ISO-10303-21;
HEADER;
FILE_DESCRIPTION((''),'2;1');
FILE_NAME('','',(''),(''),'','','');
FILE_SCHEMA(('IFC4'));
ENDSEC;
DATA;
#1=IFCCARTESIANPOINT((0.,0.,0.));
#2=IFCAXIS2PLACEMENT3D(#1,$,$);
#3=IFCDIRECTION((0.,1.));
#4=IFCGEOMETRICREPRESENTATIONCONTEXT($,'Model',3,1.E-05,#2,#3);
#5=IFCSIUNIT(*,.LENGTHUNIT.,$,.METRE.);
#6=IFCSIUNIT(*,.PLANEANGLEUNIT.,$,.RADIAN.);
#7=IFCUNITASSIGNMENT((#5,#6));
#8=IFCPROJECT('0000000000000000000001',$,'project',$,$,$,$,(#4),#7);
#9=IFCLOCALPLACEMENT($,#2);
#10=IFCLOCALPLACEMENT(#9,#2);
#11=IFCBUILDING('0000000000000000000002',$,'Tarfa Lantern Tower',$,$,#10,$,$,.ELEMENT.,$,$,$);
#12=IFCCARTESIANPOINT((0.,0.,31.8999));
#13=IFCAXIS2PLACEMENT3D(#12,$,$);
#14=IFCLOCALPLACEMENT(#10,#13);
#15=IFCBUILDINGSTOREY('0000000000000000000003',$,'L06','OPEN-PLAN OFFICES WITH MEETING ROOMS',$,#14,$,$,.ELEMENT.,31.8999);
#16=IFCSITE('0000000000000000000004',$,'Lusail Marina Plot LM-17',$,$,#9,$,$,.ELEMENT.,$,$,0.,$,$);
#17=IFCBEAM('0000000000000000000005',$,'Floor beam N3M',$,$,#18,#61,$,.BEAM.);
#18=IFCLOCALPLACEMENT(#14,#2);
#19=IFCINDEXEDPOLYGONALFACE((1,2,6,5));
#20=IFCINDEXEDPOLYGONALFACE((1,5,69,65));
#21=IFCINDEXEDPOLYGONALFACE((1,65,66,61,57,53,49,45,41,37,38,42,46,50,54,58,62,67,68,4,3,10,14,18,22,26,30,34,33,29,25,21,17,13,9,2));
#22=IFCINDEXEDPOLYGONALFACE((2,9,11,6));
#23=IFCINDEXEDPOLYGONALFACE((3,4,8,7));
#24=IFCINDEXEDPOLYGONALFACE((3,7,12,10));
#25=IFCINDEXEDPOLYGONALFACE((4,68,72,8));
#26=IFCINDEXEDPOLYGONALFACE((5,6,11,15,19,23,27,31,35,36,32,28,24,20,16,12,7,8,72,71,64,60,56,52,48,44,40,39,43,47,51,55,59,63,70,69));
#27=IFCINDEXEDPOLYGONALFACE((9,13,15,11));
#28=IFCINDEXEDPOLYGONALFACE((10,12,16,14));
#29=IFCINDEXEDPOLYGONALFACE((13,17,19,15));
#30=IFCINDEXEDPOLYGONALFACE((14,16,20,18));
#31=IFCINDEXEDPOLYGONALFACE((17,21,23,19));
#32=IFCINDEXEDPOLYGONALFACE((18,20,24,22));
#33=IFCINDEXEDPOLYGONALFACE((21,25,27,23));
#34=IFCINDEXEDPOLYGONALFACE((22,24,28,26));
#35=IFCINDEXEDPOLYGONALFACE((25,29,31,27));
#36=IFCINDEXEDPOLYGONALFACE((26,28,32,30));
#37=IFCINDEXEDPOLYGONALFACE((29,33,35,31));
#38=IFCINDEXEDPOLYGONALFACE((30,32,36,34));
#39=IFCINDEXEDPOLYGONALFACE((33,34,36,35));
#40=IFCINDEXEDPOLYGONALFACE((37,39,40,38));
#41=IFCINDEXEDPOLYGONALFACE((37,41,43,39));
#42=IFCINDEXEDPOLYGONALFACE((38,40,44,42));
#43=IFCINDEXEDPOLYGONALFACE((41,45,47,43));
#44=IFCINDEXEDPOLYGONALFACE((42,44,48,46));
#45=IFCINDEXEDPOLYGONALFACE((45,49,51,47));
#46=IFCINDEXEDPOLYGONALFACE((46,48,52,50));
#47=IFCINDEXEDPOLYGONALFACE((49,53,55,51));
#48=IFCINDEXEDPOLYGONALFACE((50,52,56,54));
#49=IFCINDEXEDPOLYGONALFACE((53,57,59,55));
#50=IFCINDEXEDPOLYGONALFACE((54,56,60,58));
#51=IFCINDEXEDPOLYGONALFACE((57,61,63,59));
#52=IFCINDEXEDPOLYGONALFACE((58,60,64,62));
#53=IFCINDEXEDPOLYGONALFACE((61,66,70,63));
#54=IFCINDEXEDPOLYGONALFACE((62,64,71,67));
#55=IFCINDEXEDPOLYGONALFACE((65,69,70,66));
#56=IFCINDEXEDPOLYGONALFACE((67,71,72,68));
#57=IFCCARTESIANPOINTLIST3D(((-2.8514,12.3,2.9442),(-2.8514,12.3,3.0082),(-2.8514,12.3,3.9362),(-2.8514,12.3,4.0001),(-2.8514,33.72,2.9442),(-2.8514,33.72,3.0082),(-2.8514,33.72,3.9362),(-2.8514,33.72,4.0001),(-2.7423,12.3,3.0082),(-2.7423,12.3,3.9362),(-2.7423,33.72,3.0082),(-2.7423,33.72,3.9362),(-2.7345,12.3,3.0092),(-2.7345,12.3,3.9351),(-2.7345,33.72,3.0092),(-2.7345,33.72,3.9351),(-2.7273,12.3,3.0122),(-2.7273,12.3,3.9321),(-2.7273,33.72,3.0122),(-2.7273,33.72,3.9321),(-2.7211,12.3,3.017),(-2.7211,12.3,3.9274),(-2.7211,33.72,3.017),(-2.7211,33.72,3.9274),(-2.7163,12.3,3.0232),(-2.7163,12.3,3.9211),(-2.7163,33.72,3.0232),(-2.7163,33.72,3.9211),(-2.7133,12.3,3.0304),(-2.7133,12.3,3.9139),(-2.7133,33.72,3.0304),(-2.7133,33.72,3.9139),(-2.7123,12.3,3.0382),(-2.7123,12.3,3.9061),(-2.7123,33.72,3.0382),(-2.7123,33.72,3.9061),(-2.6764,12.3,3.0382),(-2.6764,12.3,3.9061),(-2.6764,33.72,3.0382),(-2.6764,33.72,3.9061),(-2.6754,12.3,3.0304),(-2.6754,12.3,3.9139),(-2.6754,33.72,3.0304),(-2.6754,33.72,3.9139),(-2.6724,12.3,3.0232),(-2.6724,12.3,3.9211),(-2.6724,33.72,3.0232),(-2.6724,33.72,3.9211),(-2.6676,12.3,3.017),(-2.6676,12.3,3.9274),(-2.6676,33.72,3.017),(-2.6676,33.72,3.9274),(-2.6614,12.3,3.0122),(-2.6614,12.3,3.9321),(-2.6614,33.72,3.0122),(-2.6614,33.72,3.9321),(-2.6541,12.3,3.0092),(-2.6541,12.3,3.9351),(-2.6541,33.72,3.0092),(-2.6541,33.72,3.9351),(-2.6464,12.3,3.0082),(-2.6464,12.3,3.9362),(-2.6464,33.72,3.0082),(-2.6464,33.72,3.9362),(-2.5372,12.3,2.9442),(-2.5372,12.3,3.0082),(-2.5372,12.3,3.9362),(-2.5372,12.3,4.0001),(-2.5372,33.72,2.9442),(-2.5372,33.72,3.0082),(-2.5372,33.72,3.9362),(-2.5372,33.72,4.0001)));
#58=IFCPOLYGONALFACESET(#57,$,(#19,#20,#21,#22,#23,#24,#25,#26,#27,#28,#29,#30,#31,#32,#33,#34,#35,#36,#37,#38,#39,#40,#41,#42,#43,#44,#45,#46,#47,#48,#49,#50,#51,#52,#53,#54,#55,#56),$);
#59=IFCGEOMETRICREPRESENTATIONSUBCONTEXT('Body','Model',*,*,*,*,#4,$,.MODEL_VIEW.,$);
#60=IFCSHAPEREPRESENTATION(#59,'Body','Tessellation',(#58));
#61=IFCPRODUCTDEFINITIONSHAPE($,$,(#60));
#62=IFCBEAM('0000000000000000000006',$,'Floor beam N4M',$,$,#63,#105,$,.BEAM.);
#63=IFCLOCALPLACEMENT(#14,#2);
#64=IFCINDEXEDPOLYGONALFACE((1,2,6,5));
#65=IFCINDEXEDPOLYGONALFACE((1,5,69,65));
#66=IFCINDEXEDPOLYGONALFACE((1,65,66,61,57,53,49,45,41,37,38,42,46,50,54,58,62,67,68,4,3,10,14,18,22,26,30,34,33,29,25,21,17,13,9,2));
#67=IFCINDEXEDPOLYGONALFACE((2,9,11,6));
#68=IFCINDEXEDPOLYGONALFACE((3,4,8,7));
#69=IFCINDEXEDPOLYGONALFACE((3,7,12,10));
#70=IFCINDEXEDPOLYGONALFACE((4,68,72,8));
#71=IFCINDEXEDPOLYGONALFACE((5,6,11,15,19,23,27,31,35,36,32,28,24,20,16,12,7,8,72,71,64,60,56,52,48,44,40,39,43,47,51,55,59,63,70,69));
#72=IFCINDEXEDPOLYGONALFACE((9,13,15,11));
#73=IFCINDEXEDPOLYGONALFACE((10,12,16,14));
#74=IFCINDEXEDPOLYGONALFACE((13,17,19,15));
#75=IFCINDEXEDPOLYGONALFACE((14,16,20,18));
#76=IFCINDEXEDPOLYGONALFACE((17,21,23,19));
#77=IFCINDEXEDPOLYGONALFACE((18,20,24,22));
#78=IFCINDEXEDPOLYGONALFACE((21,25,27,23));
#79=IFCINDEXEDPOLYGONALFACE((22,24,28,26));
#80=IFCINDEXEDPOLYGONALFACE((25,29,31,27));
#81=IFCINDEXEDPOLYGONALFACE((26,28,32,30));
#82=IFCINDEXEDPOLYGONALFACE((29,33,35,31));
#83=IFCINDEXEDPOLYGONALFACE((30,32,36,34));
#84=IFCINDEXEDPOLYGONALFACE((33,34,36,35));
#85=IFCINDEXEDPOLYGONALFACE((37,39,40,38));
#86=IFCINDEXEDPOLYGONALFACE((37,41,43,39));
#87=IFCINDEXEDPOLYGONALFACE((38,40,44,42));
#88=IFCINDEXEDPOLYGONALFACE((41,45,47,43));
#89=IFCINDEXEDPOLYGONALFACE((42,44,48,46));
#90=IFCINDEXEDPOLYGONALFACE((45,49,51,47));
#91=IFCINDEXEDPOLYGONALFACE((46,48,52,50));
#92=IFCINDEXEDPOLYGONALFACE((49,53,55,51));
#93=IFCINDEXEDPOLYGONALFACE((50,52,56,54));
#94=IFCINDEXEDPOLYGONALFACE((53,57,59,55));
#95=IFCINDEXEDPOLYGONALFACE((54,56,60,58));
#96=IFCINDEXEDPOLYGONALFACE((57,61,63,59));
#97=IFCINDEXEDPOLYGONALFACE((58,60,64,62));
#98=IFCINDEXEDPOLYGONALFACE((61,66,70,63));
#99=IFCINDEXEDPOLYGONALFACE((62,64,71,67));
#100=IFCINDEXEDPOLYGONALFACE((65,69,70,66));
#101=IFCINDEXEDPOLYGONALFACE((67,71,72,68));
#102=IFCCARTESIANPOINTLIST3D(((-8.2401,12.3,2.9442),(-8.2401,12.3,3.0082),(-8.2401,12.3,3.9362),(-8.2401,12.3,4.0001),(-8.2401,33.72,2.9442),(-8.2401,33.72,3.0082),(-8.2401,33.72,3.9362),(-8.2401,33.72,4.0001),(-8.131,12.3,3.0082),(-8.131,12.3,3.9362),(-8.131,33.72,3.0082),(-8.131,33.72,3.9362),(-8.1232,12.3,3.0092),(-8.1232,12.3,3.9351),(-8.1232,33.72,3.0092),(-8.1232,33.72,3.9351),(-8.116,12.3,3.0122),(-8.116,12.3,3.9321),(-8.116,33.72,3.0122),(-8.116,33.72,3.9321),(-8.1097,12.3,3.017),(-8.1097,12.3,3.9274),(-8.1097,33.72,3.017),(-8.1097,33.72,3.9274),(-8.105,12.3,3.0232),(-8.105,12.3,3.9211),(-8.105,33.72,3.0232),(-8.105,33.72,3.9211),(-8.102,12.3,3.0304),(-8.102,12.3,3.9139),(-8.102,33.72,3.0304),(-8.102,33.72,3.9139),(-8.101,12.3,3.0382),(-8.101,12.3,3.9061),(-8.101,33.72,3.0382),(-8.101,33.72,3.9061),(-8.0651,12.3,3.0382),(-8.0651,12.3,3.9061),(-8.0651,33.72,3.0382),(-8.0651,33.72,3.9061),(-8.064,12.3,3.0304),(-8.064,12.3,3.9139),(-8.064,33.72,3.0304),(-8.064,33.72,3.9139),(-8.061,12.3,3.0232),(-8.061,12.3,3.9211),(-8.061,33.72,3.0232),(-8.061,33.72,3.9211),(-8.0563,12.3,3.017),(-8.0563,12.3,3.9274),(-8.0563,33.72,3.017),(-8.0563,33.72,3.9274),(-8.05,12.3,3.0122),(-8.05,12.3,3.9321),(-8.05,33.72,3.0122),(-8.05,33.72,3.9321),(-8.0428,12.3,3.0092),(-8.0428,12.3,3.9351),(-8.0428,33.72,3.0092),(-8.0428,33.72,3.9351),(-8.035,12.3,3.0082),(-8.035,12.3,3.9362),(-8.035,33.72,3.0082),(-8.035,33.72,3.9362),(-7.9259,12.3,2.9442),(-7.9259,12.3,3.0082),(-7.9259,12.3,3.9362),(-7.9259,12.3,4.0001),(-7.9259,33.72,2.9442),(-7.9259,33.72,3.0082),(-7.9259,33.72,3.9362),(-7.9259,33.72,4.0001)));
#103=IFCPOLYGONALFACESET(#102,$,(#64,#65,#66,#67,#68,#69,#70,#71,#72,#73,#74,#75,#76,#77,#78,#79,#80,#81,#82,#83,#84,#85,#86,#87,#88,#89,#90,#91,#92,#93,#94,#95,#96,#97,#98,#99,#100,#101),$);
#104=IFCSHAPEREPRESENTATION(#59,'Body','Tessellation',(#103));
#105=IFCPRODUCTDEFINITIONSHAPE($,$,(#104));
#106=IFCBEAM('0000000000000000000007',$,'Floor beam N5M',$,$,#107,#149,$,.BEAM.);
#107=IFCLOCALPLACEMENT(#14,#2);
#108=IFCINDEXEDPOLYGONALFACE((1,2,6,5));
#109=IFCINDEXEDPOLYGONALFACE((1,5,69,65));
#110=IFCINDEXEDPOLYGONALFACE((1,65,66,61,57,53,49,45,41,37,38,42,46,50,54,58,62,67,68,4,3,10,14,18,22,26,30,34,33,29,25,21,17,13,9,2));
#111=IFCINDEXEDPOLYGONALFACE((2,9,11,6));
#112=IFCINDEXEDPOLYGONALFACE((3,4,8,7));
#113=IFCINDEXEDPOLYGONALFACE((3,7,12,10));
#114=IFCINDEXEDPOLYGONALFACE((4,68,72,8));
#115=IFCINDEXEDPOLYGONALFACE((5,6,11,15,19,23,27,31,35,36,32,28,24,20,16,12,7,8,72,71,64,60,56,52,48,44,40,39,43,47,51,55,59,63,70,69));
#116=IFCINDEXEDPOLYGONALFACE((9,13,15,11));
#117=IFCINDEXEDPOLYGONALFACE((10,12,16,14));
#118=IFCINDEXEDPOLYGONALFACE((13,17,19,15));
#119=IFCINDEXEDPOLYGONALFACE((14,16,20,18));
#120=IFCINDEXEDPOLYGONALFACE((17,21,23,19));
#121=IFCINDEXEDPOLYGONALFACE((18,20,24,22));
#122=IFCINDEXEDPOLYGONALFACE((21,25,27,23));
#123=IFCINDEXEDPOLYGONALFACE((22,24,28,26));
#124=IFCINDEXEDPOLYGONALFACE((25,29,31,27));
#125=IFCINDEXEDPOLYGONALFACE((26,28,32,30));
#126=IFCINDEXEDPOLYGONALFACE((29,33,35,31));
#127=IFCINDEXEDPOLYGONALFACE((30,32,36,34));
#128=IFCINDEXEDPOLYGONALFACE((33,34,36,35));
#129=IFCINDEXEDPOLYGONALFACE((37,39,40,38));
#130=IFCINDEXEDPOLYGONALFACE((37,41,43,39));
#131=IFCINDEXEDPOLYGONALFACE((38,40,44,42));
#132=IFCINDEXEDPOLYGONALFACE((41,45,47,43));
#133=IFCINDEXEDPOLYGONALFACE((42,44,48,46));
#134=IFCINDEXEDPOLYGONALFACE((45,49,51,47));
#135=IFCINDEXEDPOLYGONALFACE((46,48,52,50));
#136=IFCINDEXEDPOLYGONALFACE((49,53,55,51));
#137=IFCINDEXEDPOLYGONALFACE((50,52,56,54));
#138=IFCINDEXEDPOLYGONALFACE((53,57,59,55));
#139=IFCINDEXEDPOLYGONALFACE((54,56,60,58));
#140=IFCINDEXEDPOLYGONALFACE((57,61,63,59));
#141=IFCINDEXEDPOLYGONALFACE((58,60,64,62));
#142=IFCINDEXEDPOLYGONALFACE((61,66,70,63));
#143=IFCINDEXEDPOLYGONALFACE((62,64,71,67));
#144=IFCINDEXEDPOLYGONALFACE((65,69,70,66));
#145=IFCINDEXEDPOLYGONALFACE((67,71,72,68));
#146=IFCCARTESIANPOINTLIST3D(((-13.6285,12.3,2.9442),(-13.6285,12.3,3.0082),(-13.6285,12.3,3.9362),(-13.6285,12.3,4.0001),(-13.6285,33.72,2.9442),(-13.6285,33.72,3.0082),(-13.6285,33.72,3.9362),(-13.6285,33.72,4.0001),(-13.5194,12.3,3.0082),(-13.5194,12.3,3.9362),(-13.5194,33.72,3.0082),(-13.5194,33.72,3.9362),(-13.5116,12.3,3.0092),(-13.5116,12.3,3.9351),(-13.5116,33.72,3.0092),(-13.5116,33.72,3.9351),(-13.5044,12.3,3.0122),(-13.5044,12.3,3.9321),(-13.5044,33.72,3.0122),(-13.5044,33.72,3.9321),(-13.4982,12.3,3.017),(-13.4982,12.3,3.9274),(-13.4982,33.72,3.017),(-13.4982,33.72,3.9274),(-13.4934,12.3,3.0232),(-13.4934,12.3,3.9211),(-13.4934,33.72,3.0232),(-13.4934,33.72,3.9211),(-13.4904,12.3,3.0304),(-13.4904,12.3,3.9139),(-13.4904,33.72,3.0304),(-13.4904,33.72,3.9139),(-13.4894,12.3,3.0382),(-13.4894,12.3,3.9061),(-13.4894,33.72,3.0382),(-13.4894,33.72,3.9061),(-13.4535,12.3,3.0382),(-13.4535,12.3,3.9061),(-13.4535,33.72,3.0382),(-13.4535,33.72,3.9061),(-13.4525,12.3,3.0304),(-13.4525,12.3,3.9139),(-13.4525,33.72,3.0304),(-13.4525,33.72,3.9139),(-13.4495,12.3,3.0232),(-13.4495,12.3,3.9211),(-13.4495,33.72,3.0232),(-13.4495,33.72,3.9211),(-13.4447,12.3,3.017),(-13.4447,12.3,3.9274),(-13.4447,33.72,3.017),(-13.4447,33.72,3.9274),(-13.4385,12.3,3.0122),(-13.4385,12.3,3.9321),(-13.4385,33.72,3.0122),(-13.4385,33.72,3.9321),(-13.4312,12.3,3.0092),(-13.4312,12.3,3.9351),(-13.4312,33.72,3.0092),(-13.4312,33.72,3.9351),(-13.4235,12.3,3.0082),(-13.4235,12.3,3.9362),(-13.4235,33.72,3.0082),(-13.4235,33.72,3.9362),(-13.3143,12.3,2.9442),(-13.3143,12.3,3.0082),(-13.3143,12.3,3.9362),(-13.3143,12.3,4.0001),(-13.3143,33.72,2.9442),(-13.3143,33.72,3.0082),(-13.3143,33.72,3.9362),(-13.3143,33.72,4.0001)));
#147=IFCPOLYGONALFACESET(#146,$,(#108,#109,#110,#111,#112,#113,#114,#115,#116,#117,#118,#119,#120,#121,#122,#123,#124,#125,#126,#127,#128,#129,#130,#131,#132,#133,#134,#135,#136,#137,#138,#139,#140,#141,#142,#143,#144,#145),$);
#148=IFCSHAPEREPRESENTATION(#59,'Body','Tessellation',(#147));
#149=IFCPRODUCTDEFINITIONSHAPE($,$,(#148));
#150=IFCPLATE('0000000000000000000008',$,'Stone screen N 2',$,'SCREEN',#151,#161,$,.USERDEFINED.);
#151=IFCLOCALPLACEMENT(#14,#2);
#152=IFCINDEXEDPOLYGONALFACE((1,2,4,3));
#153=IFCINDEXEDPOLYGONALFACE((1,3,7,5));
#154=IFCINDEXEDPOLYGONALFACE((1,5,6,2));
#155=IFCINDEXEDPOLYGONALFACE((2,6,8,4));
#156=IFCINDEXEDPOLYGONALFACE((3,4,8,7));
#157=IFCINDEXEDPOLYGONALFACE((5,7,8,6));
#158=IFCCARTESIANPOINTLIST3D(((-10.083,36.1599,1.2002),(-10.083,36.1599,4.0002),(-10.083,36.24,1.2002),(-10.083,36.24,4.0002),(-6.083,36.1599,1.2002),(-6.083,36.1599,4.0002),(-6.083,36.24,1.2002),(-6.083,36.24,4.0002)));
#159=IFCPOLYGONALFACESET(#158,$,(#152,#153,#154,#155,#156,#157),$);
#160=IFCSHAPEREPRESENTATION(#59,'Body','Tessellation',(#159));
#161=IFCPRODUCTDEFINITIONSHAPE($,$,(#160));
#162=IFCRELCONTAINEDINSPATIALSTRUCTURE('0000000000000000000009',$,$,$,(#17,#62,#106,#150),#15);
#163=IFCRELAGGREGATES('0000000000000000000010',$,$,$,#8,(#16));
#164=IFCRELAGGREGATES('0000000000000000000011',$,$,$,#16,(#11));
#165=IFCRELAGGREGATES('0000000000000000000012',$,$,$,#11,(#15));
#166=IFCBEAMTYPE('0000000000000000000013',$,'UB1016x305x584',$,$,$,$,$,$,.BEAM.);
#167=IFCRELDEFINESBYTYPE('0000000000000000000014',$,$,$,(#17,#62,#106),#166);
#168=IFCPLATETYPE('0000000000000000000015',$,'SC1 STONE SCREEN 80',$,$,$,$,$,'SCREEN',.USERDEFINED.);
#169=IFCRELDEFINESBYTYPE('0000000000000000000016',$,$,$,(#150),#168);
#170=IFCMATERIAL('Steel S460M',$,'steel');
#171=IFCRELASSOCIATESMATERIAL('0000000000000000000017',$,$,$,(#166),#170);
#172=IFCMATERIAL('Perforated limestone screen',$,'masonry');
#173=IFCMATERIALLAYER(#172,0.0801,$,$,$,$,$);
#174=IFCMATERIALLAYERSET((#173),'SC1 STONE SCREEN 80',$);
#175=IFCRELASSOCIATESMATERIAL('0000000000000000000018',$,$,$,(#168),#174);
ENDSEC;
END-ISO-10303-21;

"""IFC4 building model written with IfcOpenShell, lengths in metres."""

from ifc_helpers import new_model, si_unit, direction, frame, origin, origin_2d, place, context, subcontext, project, spatial, rectangle, i_section, extrude, material, layer, layer_set, material_profile, profile_set, type_object, element, save


model = new_model("IFC4")

# Units and contexts
model_context = context("Model", 3, precision=1e-05, world=origin(), true_north=direction((0.0, 1.0)))
body_context = subcontext(model_context, "Body", "Model", "MODEL_VIEW")
ifc_project = project(units=[si_unit("LENGTHUNIT", "METRE"), si_unit("PLANEANGLEUNIT", "RADIAN")], contexts=[model_context])

# Site, building, storey
site_placement = place(None, origin())
site = spatial("IfcSite", under=ifc_project, at=site_placement, Name="Lusail Marina Plot LM-17", CompositionType="ELEMENT", RefElevation=0.0)
building_placement = place(site_placement, origin())
building = spatial("IfcBuilding", under=site, at=building_placement, Name="Tarfa Lantern Tower", CompositionType="ELEMENT")
storey_placement = place(building_placement, frame((0.0, 0.0, 31.8999)))
storey = spatial("IfcBuildingStorey", under=building, at=storey_placement, Name="L06", Description="OPEN-PLAN OFFICES WITH MEETING ROOMS", CompositionType="ELEMENT", Elevation=31.8999)

# Beams
ifc_material_1 = material(Name="Steel S460M", Category="steel")
ifc_material_profile_1 = material_profile(ifc_material_1, i_section(OverallWidth=0.3142, OverallDepth=1.0559, WebThickness=0.0359, FlangeThickness=0.064, FilletRadius=0.03, at=origin_2d()), Name="UB1016x305x584")
ifc_profile_set_1 = profile_set([ifc_material_profile_1], Name="Steel S460M")
beam_type_1 = type_object("IfcBeamType", Name="UB1016x305x584", PredefinedType="BEAM", material=ifc_profile_set_1)
for number, where, z_axis, x_axis, name in (
    (1, (-2.6943, 33.72, 3.4722), (0.0, -1.0, 0.0), (1.0, 0.0, 0.0), "Floor beam N3M"),
    (2, (-8.083, 33.72, 3.4722), (0.0, -1.0, 0.0), (1.0, 0.0, 0.0), "Floor beam N4M"),
    (3, (-13.4714, 33.72, 3.4722), (0.0, -1.0, 0.0), (1.0, 0.0, 0.0), "Floor beam N5M"),
):
    element("IfcBeam", number, at=place(storey_placement, frame(where, z_axis=z_axis, x_axis=x_axis)), inside=storey, type_object=beam_type_1, Name=name, PredefinedType="BEAM", context=body_context, shape_type="SweptSolid", body=[
        extrude(i_section(OverallWidth=0.3142, OverallDepth=1.0559, WebThickness=0.0359, FlangeThickness=0.064, FilletRadius=0.03, at=origin_2d()), origin(), (0.0, 0.0, 1.0), 21.4199),
    ])

# Plate
ifc_material_2 = material(Name="Perforated limestone screen", Category="masonry")
ifc_layer_1 = layer(ifc_material_2, 0.0801)
ifc_layer_set_1 = layer_set([ifc_layer_1], Name="SC1 STONE SCREEN 80")
plate_type = type_object("IfcPlateType", Name="SC1 STONE SCREEN 80", ElementType="SCREEN", PredefinedType="USERDEFINED", material=ifc_layer_set_1)
plate_placement = place(storey_placement, frame((-8.083, 36.2, 1.2002), z_axis=(0.0, 0.0, 1.0), x_axis=(-1.0, 0.0, 0.0)))
element("IfcPlate", 4, at=plate_placement, inside=storey, type_object=plate_type, Name="Stone screen N 2", ObjectType="SCREEN", PredefinedType="USERDEFINED", context=body_context, shape_type="SweptSolid", body=[
    extrude(rectangle(XDim=4.0, YDim=0.0801, at=origin_2d()), origin(), (0.0, 0.0, 1.0), 2.8),
])

save(model, "model.ifc")
